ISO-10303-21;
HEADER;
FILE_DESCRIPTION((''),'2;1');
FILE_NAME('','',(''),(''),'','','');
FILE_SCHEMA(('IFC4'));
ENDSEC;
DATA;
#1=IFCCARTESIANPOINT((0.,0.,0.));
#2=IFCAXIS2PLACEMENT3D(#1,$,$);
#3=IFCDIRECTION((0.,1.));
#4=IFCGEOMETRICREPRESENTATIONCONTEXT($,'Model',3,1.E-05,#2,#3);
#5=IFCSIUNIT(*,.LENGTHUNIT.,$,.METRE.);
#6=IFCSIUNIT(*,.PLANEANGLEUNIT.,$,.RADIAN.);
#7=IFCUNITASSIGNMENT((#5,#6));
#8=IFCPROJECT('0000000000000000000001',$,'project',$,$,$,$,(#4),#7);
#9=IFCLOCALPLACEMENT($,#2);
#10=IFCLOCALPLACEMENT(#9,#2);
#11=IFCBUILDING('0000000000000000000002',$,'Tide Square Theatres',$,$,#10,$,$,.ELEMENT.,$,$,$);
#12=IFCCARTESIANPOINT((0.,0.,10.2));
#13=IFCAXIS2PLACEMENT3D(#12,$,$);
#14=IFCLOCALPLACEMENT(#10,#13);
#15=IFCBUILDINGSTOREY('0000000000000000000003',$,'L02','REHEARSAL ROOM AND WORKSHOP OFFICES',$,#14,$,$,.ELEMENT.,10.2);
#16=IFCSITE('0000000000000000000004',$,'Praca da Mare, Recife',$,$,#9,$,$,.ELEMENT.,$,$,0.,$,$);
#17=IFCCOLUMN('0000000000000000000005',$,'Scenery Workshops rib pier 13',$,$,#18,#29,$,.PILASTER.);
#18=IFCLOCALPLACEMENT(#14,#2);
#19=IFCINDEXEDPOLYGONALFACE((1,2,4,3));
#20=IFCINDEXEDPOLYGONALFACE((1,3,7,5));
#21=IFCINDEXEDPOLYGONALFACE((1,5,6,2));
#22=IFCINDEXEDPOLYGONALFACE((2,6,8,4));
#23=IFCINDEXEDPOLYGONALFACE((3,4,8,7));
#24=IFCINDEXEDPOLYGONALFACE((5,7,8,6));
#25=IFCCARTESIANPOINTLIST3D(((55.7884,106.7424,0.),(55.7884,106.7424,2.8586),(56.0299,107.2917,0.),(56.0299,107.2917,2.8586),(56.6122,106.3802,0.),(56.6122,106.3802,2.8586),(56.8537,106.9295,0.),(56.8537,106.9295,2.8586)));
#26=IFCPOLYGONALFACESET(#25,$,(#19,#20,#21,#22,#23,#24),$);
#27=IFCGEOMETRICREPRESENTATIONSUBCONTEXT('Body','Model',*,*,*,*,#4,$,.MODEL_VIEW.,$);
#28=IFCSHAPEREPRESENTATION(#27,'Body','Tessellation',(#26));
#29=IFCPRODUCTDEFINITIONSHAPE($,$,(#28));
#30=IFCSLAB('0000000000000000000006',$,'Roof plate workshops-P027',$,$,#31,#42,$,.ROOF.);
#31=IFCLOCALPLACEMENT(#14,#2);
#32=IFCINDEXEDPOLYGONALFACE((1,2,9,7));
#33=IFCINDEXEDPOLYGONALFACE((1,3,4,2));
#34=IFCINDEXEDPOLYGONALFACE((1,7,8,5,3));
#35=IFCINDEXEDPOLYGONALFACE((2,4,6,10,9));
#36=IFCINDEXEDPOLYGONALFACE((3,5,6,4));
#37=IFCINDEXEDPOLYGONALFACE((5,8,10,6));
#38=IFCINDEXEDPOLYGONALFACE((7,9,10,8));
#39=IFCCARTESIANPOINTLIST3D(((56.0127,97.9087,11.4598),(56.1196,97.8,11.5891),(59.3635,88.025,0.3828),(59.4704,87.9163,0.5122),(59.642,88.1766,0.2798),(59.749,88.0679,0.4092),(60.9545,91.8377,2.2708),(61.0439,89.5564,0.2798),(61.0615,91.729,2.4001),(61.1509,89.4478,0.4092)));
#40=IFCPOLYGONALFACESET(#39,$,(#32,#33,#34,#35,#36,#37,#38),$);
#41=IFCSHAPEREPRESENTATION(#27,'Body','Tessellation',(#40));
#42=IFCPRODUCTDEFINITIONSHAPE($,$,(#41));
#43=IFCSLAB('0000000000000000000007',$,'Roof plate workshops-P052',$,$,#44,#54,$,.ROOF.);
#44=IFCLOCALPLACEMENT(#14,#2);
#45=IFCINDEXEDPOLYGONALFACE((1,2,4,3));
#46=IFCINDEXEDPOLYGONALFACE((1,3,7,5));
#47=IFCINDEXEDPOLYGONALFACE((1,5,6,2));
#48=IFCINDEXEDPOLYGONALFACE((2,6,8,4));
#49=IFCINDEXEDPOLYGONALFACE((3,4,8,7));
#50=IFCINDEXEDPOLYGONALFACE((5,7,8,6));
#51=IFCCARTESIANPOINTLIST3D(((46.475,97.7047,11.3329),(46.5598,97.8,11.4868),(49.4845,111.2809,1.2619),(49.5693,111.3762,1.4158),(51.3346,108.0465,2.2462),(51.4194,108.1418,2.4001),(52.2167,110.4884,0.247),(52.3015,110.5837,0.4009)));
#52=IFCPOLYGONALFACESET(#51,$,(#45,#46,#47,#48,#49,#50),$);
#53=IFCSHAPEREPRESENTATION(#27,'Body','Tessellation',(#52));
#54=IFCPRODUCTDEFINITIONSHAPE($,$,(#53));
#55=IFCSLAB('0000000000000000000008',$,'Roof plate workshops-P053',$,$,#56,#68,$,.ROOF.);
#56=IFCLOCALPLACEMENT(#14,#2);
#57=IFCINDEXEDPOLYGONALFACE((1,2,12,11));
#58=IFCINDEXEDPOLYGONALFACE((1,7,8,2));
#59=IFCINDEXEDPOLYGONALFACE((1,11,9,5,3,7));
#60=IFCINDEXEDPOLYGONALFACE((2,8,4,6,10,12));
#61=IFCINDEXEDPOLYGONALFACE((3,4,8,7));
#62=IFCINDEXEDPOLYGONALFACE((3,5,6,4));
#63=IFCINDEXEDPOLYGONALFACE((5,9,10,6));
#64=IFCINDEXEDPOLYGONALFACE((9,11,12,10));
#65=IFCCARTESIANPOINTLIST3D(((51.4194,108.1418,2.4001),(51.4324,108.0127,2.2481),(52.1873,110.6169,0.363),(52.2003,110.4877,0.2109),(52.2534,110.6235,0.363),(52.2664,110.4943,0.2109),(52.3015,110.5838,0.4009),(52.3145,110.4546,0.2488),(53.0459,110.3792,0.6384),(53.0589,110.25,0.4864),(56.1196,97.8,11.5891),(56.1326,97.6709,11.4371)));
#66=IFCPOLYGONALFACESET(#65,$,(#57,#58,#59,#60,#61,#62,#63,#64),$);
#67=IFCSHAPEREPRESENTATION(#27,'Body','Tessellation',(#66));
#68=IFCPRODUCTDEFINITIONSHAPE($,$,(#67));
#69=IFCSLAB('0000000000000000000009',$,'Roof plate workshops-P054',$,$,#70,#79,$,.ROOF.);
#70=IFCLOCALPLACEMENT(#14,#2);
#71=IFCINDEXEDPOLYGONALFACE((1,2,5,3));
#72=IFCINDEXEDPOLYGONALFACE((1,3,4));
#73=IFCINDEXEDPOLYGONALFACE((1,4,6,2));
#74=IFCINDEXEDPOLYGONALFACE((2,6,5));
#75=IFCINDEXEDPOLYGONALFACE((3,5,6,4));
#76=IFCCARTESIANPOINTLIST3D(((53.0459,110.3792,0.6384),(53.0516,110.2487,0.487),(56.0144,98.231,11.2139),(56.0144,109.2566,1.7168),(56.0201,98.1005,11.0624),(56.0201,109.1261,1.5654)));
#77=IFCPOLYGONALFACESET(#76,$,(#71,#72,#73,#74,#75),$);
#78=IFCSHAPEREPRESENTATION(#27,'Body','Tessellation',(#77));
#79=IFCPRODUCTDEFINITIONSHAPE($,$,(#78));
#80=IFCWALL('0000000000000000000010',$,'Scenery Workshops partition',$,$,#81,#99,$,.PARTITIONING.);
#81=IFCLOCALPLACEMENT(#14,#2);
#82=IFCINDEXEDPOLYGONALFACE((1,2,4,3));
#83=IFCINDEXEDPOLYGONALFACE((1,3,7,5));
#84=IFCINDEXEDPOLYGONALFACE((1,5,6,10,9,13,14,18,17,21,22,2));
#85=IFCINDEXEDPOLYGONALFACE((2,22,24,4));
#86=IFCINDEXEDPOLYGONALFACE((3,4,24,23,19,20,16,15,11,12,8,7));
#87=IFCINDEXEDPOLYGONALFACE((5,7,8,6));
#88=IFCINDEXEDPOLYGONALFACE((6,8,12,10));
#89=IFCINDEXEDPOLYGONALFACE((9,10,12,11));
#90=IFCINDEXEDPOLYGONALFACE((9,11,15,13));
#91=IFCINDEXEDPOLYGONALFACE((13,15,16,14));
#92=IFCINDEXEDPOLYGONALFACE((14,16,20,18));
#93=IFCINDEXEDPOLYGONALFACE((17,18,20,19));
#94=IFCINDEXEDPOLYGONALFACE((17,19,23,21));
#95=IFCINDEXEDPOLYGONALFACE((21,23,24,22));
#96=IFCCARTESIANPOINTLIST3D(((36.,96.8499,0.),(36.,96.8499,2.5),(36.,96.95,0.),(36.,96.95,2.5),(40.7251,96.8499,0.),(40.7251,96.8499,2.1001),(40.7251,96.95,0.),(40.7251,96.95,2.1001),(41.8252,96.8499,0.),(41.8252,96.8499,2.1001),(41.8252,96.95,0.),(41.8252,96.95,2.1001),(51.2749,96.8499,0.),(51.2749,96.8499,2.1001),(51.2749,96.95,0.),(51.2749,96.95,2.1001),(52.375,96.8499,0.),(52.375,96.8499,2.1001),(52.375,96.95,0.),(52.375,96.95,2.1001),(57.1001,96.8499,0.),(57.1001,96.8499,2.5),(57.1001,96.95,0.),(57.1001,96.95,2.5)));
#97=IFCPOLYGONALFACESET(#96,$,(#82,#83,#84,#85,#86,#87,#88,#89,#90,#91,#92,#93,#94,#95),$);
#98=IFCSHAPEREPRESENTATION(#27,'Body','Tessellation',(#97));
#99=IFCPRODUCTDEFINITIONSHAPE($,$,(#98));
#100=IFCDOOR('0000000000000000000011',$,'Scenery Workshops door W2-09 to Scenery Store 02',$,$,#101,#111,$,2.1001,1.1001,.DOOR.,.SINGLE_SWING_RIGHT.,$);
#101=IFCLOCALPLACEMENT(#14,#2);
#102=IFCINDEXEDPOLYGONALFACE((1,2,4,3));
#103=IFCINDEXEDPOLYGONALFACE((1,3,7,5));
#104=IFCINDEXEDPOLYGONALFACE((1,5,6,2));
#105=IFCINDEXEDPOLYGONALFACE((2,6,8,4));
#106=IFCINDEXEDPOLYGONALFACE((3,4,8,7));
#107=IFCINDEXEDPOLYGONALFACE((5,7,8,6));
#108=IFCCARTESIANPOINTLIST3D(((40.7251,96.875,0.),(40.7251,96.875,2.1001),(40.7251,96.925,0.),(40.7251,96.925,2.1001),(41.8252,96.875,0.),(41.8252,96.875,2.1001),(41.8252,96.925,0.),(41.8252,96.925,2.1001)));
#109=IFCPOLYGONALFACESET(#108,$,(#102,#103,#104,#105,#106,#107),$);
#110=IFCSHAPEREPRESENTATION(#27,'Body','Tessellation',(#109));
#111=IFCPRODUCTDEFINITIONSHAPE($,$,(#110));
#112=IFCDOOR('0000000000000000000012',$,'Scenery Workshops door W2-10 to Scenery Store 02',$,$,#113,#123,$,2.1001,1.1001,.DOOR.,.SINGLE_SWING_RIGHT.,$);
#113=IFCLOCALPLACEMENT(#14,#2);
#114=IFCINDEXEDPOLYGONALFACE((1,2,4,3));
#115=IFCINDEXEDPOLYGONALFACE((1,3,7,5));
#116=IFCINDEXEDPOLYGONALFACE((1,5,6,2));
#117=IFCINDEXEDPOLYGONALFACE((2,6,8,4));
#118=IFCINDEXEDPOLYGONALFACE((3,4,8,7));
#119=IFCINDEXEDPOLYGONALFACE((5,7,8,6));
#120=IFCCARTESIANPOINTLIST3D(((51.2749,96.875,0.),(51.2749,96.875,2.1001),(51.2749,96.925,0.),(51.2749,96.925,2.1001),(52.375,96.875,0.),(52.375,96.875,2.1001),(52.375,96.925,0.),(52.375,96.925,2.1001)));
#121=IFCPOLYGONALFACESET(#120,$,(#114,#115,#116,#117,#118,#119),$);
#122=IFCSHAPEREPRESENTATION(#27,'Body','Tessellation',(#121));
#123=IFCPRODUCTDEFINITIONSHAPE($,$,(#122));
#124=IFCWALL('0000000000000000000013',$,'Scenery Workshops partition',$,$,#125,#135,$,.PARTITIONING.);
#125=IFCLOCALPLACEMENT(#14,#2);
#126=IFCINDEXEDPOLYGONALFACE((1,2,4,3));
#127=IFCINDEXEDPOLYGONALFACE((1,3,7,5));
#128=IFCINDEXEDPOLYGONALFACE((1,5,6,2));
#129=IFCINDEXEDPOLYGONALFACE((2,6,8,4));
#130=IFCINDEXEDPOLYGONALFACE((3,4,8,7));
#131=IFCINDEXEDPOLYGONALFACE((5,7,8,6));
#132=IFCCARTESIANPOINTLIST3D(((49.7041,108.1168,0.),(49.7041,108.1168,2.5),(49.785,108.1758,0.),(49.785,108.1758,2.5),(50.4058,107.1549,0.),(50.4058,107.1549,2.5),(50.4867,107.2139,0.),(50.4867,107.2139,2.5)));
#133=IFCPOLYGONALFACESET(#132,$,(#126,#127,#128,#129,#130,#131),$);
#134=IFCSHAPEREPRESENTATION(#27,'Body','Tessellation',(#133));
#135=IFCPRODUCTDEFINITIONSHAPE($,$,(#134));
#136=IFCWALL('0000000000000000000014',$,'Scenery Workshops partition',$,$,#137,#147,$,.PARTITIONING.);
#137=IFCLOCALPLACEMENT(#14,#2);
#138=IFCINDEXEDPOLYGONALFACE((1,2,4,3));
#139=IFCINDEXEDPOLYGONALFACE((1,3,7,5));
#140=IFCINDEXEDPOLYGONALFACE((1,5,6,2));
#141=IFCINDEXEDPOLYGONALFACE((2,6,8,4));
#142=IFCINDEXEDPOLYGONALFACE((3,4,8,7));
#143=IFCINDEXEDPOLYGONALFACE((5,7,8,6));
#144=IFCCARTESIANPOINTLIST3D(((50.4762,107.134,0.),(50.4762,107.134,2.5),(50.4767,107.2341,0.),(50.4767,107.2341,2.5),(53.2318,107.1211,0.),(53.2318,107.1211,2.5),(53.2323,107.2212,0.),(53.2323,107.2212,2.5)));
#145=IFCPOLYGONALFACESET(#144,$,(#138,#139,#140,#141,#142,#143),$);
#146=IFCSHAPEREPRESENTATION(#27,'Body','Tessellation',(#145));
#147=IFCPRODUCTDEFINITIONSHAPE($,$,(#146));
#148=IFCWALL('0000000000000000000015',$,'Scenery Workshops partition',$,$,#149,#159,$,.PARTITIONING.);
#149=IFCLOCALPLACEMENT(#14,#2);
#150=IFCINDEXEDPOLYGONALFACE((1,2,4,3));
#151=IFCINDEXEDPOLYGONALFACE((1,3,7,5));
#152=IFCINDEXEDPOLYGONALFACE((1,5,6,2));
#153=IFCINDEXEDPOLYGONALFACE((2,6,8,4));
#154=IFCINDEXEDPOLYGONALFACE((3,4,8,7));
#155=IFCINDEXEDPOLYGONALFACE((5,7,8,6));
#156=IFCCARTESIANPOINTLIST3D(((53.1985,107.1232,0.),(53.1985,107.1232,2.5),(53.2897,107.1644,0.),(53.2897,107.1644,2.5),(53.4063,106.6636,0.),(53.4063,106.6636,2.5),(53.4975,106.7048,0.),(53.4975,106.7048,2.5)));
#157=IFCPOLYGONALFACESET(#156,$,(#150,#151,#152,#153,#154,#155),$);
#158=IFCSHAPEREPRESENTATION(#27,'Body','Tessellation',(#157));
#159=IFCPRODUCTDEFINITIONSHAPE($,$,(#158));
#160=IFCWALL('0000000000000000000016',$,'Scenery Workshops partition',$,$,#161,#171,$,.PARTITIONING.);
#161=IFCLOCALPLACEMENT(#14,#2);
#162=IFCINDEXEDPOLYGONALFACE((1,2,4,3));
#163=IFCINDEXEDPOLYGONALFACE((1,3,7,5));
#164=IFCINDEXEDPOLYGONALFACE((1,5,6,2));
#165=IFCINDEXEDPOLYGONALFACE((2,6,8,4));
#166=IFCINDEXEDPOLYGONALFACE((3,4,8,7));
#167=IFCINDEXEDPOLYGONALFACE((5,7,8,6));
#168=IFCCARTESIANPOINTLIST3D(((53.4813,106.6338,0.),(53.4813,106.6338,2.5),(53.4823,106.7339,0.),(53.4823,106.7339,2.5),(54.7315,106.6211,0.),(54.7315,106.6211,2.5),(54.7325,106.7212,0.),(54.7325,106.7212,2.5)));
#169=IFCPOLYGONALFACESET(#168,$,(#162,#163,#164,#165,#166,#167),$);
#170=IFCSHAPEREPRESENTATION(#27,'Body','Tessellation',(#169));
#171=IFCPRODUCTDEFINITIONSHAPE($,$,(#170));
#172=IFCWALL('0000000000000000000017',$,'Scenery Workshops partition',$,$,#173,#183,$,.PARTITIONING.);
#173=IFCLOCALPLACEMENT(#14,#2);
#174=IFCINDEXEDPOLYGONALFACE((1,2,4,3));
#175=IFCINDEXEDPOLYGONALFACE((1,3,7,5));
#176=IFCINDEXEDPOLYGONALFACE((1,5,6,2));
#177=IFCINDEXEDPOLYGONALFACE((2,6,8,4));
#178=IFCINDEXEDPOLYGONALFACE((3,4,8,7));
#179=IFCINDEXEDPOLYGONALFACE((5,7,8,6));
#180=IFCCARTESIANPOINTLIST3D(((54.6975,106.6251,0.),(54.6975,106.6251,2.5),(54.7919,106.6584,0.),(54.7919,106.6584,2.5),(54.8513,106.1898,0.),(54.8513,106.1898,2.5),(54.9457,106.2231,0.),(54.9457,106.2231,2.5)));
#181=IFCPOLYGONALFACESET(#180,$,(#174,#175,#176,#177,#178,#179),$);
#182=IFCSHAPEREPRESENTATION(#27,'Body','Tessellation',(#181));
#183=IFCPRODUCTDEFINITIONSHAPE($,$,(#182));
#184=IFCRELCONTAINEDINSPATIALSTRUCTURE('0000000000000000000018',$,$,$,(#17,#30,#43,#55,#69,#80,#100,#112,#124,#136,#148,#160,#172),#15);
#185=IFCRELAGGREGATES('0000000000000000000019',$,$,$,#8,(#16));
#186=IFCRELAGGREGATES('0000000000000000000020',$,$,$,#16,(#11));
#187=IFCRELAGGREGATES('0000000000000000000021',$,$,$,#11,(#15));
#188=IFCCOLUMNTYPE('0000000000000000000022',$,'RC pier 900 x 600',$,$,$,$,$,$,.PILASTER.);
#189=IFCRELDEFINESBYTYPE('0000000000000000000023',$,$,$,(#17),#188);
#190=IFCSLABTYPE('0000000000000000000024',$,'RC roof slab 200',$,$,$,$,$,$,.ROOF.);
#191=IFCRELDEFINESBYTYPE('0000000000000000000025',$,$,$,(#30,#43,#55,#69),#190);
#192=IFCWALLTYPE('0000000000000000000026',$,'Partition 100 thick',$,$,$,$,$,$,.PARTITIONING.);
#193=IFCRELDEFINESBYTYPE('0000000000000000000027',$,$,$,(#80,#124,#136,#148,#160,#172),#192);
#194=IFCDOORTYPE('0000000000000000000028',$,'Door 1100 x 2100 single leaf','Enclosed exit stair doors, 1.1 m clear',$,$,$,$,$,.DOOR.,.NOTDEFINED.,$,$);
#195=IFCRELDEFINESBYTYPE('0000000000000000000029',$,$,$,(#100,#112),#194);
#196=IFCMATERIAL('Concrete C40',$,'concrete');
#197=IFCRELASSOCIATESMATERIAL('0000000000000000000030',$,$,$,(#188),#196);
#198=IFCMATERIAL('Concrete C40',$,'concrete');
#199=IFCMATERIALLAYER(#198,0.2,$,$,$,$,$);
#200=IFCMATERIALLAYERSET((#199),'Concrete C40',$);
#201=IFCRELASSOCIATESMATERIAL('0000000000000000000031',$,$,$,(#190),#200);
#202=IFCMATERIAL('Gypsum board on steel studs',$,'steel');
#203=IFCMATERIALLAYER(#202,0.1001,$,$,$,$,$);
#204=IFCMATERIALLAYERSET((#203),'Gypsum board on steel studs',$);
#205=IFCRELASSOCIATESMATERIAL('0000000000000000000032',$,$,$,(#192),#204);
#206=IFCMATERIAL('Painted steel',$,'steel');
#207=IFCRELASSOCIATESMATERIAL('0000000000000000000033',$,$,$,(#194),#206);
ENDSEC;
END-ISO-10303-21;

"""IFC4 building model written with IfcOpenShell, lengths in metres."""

from ifc_helpers import new_model, si_unit, direction, frame, frame_2d, origin, origin_2d, place, context, subcontext, project, spatial, polyline, rectangle, outline, extrude, material, layer, layer_set, material_profile, profile_set, type_object, element, fill, save


model = new_model("IFC4")

# Units and contexts
model_context = context("Model", 3, precision=1e-05, world=origin(), true_north=direction((0.0, 1.0)))
body_context = subcontext(model_context, "Body", "Model", "MODEL_VIEW")
ifc_project = project(units=[si_unit("LENGTHUNIT", "METRE"), si_unit("PLANEANGLEUNIT", "RADIAN")], contexts=[model_context])

# Site, building, storey
site_placement = place(None, origin())
site = spatial("IfcSite", under=ifc_project, at=site_placement, Name="Praca da Mare, Recife", CompositionType="ELEMENT", RefElevation=0.0)
building_placement = place(site_placement, origin())
building = spatial("IfcBuilding", under=site, at=building_placement, Name="Tide Square Theatres", CompositionType="ELEMENT")
storey_placement = place(building_placement, frame((0.0, 0.0, 10.2)))
storey = spatial("IfcBuildingStorey", under=building, at=storey_placement, Name="L02", Description="REHEARSAL ROOM AND WORKSHOP OFFICES", CompositionType="ELEMENT", Elevation=10.2)

# Column
ifc_material_1 = material(Name="Concrete C40", Category="concrete")
ifc_material_profile = material_profile(ifc_material_1, rectangle(XDim=0.8999, YDim=0.6001, at=origin_2d()))
ifc_profile_set = profile_set([ifc_material_profile], Name="Concrete C40")
column_type = type_object("IfcColumnType", Name="RC pier 900 x 600", PredefinedType="PILASTER", material=ifc_profile_set)
column_placement = place(storey_placement, frame((56.321, 106.8359, 0.0), z_axis=(0.0, 0.0, 1.0), x_axis=(-0.915419, 0.402502, 0.0)))
element("IfcColumn", 1, at=column_placement, inside=storey, type_object=column_type, Name="Scenery Workshops rib pier 13", PredefinedType="PILASTER", context=body_context, shape_type="SweptSolid", body=[
    extrude(rectangle(XDim=0.8999, YDim=0.6001, at=origin_2d()), origin(), (0.0, 0.0, 1.0), 2.8586),
])

# Slabs
ifc_material_2 = material(Name="Concrete C40", Category="concrete")
ifc_layer_1 = layer(ifc_material_2, 0.2)
ifc_layer_set_1 = layer_set([ifc_layer_1], Name="Concrete C40")
slab_type = type_object("IfcSlabType", Name="RC roof slab 200", PredefinedType="ROOF", material=ifc_layer_set_1)
slab_1_placement = place(storey_placement, frame((56.1196, 97.8, 11.5891), z_axis=(0.534983, -0.54353, 0.646815), x_axis=(0.220173, -0.649439, -0.727841)))
element("IfcSlab", 2, at=slab_1_placement, inside=storey, type_object=slab_type, Name="Roof plate workshops-P027", PredefinedType="ROOF", context=body_context, shape_type="SweptSolid", body=[
    extrude(outline(polyline([(0.0, 0.0), (15.2189, 0.0), (15.2568, 0.3313), (14.6693, 2.2086), (11.719, 2.8954), (0.0, 0.0)])), origin(), (0.0, 0.0, -1.0), 0.2),
])
slab_2_placement = place(storey_placement, frame((49.5693, 111.3762, 1.4158), z_axis=(0.424272, 0.476958, 0.769743), x_axis=(-0.175282, -0.790709, 0.586562)))
element("IfcSlab", 3, at=slab_2_placement, inside=storey, type_object=slab_type, Name="Roof plate workshops-P052", PredefinedType="ROOF", context=body_context, shape_type="SweptSolid", body=[
    extrude(outline(polyline([(0.0, 0.0), (17.1696, 0.0), (2.8106, 2.637), (-0.4476, 2.9871), (0.0, 0.0)])), origin(), (0.0, 0.0, -1.0), 0.2),
])
slab_3_placement = place(storey_placement, frame((56.1196, 97.8, 11.5891), z_axis=(-0.065075, 0.646115, 0.760461), x_axis=(-0.181248, 0.741747, -0.645725)))
element("IfcSlab", 4, at=slab_3_placement, inside=storey, type_object=slab_type, Name="Roof plate workshops-P053", PredefinedType="ROOF", context=body_context, shape_type="SweptSolid", body=[
    extrude(outline(polyline([(0.0, 0.0), (16.9587, 0.0), (17.4615, 0.7147), (17.4686, 0.7808), (17.3988, 0.6773), (14.4564, 2.1197), (0.0, 0.0)])), origin(), (0.0, 0.0, -1.0), 0.2),
])
slab_4_placement = place(storey_placement, frame((53.0459, 110.3792, 0.6384), z_axis=(-0.028432, 0.652369, 0.757368), x_axis=(0.181252, -0.74175, 0.64572)))
element("IfcSlab", 5, at=slab_4_placement, inside=storey, type_object=slab_type, Name="Roof plate workshops-P054", PredefinedType="ROOF", context=body_context, shape_type="SweptSolid", body=[
    extrude(outline(polyline([(0.0, 0.0), (16.3777, 0.0), (2.067, 2.6386), (0.0, 0.0)])), origin(), (0.0, 0.0, -1.0), 0.2),
])

# Wall, openings, doors
ifc_material_3 = material(Name="Gypsum board on steel studs", Category="steel")
ifc_layer_2 = layer(ifc_material_3, 0.1001)
ifc_layer_set_2 = layer_set([ifc_layer_2], Name="Gypsum board on steel studs")
wall_type_1 = type_object("IfcWallType", Name="Partition 100 thick", PredefinedType="PARTITIONING", material=ifc_layer_set_2)
wall_1_placement = place(storey_placement, frame((57.1001, 96.8999, 0.0), z_axis=(0.0, 0.0, 1.0), x_axis=(-1.0, 0.0, 0.0)))
wall_1 = element("IfcWall", 6, at=wall_1_placement, inside=storey, type_object=wall_type_1, Name="Scenery Workshops partition", PredefinedType="PARTITIONING", context=body_context, shape_type="SweptSolid", body=[
    extrude(rectangle(XDim=21.1001, YDim=0.1001, at=frame_2d((10.55, 0.0))), origin(), (0.0, 0.0, 1.0), 2.5),
])
opening_1_placement = place(wall_1_placement, frame((15.2749, 0.0, 0.0)))
opening_1 = element("IfcOpeningElement", 7, at=opening_1_placement, cuts=wall_1, PredefinedType="OPENING", context=body_context, shape_type="SweptSolid", body=[
    extrude(rectangle(XDim=1.1001, YDim=2.1001, at=frame_2d((0.55, 1.05))), frame((0.0, 0.0601, 0.0), z_axis=(0.0, -1.0, 0.0), x_axis=(1.0, 0.0, 0.0)), (0.0, 0.0, 1.0), 0.1201),
])
opening_2_placement = place(wall_1_placement, frame((4.7251, 0.0, 0.0)))
opening_2 = element("IfcOpeningElement", 8, at=opening_2_placement, cuts=wall_1, PredefinedType="OPENING", context=body_context, shape_type="SweptSolid", body=[
    extrude(rectangle(XDim=1.1001, YDim=2.1001, at=frame_2d((0.55, 1.05))), frame((0.0, 0.0601, 0.0), z_axis=(0.0, -1.0, 0.0), x_axis=(1.0, 0.0, 0.0)), (0.0, 0.0, 1.0), 0.1201),
])
ifc_material_4 = material(Name="Painted steel", Category="steel")
door_type_1 = type_object("IfcDoorType", Name="Door 1100 x 2100 single leaf", Description="Enclosed exit stair doors, 1.1 m clear", OperationType="NOTDEFINED", PredefinedType="DOOR", material=ifc_material_4)
door_1_placement = place(opening_1_placement, origin())
door_1 = element("IfcDoor", 9, at=door_1_placement, inside=storey, type_object=door_type_1, Name="Scenery Workshops door W2-09 to Scenery Store 02", OperationType="SINGLE_SWING_RIGHT", OverallHeight=2.1001, OverallWidth=1.1001, PredefinedType="DOOR", context=body_context, shape_type="SweptSolid", body=[
    extrude(rectangle(XDim=1.1001, YDim=2.1001, at=frame_2d((0.55, 1.05))), frame((0.0, 0.0249, 0.0), z_axis=(0.0, -1.0, 0.0), x_axis=(1.0, 0.0, 0.0)), (0.0, 0.0, 1.0), 0.05),
])
fill(opening_1, door_1)
door_2_placement = place(opening_2_placement, origin())
door_2 = element("IfcDoor", 10, at=door_2_placement, inside=storey, type_object=door_type_1, Name="Scenery Workshops door W2-10 to Scenery Store 02", OperationType="SINGLE_SWING_RIGHT", OverallHeight=2.1001, OverallWidth=1.1001, PredefinedType="DOOR", context=body_context, shape_type="SweptSolid", body=[
    extrude(rectangle(XDim=1.1001, YDim=2.1001, at=frame_2d((0.55, 1.05))), frame((0.0, 0.0249, 0.0), z_axis=(0.0, -1.0, 0.0), x_axis=(1.0, 0.0, 0.0)), (0.0, 0.0, 1.0), 0.05),
])
fill(opening_2, door_2)

# Walls
wall_2_placement = place(storey_placement, frame((49.7446, 108.1462, 0.0), z_axis=(0.0, 0.0, 1.0), x_axis=(0.589317, -0.807902, 0.0)))
element("IfcWall", 11, at=wall_2_placement, inside=storey, type_object=wall_type_1, Name="Scenery Workshops partition", PredefinedType="PARTITIONING", context=body_context, shape_type="SweptSolid", body=[
    extrude(rectangle(XDim=1.1907, YDim=0.1001, at=frame_2d((0.5952, 0.0))), origin(), (0.0, 0.0, 1.0), 2.5),
])
wall_3_placement = place(storey_placement, frame((50.4763, 107.1841, 0.0), z_axis=(0.0, 0.0, 1.0), x_axis=(0.999989, -0.004696, 0.0)))
element("IfcWall", 12, at=wall_3_placement, inside=storey, type_object=wall_type_1, Name="Scenery Workshops partition", PredefinedType="PARTITIONING", context=body_context, shape_type="SweptSolid", body=[
    extrude(rectangle(XDim=2.7556, YDim=0.1001, at=frame_2d((1.3779, 0.0))), origin(), (0.0, 0.0, 1.0), 2.5),
])
wall_4_placement = place(storey_placement, frame((53.2441, 107.1438, 0.0), z_axis=(0.0, 0.0, 1.0), x_axis=(0.411833, -0.911259, 0.0)))
element("IfcWall", 13, at=wall_4_placement, inside=storey, type_object=wall_type_1, Name="Scenery Workshops partition", PredefinedType="PARTITIONING", context=body_context, shape_type="SweptSolid", body=[
    extrude(rectangle(XDim=0.5044, YDim=0.1001, at=frame_2d((0.2522, 0.0))), origin(), (0.0, 0.0, 1.0), 2.5),
])
wall_5_placement = place(storey_placement, frame((53.4819, 106.6838, 0.0), z_axis=(0.0, 0.0, 1.0), x_axis=(0.999948, -0.010154, 0.0)))
element("IfcWall", 14, at=wall_5_placement, inside=storey, type_object=wall_type_1, Name="Scenery Workshops partition", PredefinedType="PARTITIONING", context=body_context, shape_type="SweptSolid", body=[
    extrude(rectangle(XDim=1.2502, YDim=0.1001, at=frame_2d((0.625, 0.0))), origin(), (0.0, 0.0, 1.0), 2.5),
])
wall_6_placement = place(storey_placement, frame((54.7446, 106.6418, 0.0), z_axis=(0.0, 0.0, 1.0), x_axis=(0.333152, -0.942873, 0.0)))
element("IfcWall", 15, at=wall_6_placement, inside=storey, type_object=wall_type_1, Name="Scenery Workshops partition", PredefinedType="PARTITIONING", context=body_context, shape_type="SweptSolid", body=[
    extrude(rectangle(XDim=0.4617, YDim=0.1001, at=frame_2d((0.231, 0.0))), origin(), (0.0, 0.0, 1.0), 2.5),
])

save(model, "model.ifc")
